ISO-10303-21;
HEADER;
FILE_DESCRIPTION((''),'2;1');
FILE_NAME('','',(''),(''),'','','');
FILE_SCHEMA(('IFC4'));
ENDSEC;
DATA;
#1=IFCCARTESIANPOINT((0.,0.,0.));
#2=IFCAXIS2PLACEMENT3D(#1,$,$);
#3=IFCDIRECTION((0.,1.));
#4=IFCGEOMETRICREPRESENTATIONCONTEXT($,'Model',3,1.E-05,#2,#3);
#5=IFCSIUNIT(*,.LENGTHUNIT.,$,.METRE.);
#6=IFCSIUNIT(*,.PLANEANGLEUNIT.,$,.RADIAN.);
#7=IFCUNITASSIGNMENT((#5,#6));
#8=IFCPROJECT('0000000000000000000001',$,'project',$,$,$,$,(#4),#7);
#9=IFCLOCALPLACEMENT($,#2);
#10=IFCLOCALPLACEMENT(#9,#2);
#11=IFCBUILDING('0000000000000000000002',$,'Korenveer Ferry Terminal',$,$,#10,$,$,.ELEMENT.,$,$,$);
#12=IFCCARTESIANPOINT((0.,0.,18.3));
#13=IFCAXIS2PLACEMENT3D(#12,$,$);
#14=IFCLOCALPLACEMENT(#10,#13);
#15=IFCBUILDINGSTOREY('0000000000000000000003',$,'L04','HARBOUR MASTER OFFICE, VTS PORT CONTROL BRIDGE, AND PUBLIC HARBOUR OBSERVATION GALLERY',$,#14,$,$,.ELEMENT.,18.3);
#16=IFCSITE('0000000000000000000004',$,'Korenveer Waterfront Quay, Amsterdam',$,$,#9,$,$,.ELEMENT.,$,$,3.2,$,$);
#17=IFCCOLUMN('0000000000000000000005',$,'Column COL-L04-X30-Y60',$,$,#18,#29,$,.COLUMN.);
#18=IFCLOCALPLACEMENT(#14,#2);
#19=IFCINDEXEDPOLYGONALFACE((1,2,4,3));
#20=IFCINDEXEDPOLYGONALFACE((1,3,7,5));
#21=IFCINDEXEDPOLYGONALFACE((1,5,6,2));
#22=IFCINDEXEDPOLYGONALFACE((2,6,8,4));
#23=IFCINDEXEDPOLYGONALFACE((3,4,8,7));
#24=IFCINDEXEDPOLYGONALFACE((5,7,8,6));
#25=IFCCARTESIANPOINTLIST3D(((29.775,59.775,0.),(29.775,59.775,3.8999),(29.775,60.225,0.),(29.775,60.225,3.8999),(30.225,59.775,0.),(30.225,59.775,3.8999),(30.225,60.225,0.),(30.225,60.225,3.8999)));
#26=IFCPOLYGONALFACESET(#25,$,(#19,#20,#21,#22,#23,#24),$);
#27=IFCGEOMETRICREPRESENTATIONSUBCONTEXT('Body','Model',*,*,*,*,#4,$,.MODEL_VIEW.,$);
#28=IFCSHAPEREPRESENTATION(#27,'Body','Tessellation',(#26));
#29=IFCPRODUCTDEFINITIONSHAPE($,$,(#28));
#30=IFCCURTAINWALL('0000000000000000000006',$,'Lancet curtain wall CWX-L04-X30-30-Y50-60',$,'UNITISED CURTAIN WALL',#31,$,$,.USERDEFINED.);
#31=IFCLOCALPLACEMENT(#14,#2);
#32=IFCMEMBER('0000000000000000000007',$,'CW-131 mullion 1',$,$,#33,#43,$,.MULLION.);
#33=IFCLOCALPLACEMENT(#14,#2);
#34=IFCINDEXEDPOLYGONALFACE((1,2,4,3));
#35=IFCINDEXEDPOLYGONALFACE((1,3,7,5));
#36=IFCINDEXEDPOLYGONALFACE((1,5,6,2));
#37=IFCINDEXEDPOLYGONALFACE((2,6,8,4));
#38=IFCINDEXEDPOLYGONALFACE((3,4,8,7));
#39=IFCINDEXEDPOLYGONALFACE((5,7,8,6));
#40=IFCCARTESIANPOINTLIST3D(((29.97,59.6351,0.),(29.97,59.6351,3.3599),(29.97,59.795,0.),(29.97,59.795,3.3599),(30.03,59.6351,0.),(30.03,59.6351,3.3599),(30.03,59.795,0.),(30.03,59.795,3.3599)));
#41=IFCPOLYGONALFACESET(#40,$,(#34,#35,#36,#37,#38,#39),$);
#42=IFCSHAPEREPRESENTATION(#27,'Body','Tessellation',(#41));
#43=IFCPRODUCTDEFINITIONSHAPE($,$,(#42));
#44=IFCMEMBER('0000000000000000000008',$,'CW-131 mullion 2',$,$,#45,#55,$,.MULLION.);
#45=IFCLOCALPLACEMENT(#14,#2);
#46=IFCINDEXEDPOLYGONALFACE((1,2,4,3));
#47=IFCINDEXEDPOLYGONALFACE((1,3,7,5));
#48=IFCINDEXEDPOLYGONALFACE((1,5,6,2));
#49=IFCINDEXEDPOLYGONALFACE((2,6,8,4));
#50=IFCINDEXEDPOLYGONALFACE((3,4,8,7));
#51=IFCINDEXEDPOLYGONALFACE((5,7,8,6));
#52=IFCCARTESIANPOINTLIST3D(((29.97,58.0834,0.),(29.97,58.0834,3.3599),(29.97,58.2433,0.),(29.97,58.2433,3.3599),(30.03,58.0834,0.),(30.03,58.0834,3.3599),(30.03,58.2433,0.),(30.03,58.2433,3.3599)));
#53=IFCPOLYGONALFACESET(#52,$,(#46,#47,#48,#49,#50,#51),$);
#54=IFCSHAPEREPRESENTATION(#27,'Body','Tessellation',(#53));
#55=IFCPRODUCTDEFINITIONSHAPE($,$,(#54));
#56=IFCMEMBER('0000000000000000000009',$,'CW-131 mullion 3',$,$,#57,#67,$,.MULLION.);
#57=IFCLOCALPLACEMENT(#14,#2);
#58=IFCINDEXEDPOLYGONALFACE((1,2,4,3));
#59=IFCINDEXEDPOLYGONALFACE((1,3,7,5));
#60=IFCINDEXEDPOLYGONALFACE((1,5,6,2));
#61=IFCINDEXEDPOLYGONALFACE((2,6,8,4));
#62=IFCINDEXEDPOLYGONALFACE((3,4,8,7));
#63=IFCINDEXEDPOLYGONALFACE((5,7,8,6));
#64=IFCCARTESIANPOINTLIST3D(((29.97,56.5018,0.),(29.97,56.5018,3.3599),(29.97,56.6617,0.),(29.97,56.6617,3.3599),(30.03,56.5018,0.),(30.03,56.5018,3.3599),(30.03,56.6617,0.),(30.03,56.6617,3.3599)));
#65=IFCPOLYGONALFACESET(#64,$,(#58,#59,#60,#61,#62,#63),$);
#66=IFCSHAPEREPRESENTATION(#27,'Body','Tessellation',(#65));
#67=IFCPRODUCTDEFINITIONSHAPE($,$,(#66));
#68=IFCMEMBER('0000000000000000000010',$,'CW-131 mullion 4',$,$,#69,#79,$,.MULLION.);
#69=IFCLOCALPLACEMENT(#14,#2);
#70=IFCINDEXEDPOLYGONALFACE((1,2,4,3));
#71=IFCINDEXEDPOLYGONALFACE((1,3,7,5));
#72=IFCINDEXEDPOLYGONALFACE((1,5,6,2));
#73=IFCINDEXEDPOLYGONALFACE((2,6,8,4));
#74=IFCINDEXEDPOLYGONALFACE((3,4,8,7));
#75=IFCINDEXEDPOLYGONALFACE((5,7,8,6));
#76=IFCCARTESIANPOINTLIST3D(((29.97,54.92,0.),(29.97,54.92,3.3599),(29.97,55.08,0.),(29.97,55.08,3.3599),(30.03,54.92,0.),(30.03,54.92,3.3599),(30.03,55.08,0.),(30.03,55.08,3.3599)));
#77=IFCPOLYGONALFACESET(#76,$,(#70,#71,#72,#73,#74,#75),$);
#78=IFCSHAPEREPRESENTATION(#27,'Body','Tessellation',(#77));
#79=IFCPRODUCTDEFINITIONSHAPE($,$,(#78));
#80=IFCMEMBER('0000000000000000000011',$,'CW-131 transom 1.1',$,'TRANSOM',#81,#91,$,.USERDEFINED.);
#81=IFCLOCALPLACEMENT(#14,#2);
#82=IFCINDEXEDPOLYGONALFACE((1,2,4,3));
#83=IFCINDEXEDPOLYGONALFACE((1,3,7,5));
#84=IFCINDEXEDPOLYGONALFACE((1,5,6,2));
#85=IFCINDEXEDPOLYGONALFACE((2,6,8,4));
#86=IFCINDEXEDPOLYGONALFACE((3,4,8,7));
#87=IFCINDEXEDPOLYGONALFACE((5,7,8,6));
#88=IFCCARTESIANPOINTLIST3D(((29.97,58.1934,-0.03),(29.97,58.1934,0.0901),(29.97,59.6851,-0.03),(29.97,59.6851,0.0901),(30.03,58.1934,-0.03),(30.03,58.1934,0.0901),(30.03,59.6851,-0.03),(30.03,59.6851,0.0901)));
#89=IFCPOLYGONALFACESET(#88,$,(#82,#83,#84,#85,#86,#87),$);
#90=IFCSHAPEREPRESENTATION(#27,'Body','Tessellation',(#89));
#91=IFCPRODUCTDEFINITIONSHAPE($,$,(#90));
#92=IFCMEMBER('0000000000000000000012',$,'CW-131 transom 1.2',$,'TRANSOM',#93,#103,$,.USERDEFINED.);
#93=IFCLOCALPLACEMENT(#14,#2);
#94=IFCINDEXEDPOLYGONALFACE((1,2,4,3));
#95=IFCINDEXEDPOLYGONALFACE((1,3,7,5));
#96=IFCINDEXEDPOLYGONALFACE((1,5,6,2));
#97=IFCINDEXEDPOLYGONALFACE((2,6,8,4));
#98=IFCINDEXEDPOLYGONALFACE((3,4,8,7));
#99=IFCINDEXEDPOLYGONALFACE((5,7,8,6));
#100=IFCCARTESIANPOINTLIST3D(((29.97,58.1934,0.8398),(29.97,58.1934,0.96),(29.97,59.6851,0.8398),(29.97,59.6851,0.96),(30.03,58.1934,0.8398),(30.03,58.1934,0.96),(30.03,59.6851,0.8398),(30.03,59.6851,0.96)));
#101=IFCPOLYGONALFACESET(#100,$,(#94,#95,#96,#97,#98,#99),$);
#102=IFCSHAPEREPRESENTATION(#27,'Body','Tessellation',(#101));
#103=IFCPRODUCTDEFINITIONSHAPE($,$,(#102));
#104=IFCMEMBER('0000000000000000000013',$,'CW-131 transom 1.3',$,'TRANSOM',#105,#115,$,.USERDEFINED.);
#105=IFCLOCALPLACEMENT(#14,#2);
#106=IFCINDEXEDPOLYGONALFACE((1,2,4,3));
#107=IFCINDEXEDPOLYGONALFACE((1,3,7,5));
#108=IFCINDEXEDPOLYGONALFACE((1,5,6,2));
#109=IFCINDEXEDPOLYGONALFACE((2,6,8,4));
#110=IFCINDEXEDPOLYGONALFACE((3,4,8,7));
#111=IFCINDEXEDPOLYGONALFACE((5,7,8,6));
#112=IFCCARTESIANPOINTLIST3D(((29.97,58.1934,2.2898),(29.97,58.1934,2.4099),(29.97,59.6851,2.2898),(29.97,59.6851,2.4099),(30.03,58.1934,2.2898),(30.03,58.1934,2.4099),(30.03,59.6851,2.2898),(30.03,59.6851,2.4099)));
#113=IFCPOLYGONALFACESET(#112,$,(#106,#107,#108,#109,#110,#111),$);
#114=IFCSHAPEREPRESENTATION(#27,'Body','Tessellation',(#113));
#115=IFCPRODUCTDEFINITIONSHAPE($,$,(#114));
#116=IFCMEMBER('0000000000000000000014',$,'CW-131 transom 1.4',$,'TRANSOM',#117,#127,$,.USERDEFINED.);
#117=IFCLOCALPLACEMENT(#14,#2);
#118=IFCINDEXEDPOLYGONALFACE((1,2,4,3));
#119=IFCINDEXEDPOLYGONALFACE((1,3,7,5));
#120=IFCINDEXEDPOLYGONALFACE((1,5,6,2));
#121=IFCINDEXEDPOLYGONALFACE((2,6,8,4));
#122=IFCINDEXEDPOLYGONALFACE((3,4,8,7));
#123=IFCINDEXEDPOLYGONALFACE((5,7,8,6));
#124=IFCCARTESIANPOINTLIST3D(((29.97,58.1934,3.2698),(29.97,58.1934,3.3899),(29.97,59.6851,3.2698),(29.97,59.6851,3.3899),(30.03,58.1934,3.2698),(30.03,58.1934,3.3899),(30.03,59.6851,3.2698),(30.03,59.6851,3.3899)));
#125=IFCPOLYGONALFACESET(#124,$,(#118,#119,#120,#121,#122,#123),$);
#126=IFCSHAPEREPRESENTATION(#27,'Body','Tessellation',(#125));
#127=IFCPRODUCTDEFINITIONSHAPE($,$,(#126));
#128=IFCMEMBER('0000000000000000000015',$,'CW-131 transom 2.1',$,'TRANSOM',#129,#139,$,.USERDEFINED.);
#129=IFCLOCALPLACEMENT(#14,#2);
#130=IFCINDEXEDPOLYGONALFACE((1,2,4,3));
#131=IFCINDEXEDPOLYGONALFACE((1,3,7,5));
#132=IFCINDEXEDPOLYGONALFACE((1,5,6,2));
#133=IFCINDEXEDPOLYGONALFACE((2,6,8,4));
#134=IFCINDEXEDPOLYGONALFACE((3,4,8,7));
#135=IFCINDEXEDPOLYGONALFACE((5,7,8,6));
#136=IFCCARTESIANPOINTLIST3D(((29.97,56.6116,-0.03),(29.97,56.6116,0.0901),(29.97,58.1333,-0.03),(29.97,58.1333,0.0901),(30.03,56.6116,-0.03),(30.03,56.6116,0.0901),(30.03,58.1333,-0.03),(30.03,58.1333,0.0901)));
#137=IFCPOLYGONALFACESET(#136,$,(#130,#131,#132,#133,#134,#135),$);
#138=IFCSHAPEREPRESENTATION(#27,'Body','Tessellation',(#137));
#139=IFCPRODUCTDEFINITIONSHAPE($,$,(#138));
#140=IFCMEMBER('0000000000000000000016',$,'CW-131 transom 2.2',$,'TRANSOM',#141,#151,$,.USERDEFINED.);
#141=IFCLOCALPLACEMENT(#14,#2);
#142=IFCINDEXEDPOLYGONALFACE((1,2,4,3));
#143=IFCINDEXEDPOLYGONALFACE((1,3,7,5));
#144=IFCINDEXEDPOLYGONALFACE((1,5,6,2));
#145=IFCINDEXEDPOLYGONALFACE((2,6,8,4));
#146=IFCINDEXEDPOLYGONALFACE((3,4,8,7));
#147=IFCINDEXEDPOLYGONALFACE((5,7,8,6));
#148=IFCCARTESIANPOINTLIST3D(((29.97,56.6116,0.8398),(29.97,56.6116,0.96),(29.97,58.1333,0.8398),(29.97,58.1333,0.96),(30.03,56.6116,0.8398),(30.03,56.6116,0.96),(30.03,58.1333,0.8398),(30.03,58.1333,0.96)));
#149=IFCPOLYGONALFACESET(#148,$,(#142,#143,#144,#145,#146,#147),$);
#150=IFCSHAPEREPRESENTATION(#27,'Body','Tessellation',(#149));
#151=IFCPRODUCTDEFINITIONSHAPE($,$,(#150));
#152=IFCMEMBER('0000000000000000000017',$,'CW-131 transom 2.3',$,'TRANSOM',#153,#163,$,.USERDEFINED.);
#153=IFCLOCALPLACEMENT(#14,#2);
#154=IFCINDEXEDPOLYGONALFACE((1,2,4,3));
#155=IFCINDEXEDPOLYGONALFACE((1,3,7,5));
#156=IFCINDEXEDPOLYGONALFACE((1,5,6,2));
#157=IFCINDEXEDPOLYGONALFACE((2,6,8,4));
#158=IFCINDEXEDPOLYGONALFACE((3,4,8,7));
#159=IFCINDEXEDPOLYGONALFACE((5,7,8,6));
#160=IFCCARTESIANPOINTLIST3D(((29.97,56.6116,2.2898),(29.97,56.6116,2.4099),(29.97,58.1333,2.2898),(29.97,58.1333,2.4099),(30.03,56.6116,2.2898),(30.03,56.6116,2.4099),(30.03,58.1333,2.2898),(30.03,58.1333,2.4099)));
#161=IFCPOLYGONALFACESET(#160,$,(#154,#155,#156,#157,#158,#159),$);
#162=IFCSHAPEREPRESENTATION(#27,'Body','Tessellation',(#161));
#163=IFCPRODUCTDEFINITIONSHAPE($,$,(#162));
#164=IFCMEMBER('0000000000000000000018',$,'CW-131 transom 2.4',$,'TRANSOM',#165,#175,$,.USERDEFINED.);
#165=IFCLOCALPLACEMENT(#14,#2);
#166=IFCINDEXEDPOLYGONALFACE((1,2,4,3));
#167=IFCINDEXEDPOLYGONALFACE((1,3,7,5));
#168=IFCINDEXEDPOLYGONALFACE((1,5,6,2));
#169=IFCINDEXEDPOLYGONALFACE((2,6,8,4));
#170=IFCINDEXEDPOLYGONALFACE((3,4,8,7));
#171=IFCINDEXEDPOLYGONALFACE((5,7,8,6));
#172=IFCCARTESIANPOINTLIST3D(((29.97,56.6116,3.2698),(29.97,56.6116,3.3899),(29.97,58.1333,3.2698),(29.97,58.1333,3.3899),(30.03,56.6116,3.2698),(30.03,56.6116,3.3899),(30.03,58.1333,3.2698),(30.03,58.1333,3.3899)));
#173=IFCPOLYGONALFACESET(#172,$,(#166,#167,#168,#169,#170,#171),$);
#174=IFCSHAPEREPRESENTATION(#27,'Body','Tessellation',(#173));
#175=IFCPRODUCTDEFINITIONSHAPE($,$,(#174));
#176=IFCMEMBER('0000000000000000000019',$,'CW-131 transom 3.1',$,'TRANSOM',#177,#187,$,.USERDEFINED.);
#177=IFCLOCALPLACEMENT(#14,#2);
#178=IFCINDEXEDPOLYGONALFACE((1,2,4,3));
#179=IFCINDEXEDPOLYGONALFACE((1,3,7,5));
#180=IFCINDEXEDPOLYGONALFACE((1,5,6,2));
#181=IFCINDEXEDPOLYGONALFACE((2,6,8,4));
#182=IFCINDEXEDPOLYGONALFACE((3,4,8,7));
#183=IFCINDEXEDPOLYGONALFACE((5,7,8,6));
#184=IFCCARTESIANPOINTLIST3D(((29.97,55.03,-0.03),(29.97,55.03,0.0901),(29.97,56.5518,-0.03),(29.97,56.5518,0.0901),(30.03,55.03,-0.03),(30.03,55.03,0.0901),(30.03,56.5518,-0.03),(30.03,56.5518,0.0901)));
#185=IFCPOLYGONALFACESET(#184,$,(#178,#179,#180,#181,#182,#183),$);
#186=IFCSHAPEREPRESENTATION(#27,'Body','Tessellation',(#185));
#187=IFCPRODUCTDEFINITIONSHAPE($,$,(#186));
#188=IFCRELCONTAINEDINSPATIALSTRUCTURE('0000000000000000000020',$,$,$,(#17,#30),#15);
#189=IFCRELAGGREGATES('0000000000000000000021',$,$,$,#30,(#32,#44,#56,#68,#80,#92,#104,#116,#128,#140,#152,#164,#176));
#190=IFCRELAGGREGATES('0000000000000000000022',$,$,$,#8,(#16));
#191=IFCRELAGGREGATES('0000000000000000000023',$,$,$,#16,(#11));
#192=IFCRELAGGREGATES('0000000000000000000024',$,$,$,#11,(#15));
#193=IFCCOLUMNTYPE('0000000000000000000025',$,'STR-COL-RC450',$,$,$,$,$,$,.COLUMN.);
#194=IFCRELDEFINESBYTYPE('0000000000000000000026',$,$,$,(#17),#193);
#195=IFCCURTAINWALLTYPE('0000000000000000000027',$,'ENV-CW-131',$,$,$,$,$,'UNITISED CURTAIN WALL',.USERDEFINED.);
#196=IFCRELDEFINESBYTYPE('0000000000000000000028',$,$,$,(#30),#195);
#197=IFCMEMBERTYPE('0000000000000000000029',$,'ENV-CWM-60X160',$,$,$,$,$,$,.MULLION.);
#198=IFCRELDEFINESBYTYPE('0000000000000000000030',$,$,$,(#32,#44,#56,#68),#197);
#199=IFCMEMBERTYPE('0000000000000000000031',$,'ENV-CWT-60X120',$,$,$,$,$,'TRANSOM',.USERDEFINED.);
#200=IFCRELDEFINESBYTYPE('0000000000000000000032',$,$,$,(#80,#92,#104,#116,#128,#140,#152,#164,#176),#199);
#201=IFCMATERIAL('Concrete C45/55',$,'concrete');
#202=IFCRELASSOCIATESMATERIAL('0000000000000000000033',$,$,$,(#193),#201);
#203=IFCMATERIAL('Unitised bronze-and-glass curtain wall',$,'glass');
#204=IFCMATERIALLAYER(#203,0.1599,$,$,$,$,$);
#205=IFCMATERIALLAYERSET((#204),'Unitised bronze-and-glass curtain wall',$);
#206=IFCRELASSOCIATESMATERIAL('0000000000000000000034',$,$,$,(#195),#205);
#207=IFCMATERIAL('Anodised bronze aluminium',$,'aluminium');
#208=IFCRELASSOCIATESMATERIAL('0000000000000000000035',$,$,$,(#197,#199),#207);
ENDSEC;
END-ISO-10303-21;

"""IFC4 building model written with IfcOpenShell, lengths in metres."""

from ifc_helpers import new_model, si_unit, direction, frame, origin, origin_2d, place, context, subcontext, project, spatial, rectangle, extrude, material, layer, layer_set, material_profile, profile_set, type_object, element, aggregate, save


model = new_model("IFC4")

# Units and contexts
model_context = context("Model", 3, precision=1e-05, world=origin(), true_north=direction((0.0, 1.0)))
body_context = subcontext(model_context, "Body", "Model", "MODEL_VIEW")
ifc_project = project(units=[si_unit("LENGTHUNIT", "METRE"), si_unit("PLANEANGLEUNIT", "RADIAN")], contexts=[model_context])

# Site, building, storey
site_placement = place(None, origin())
site = spatial("IfcSite", under=ifc_project, at=site_placement, Name="Korenveer Waterfront Quay, Amsterdam", CompositionType="ELEMENT", RefElevation=3.2)
building_placement = place(site_placement, origin())
building = spatial("IfcBuilding", under=site, at=building_placement, Name="Korenveer Ferry Terminal", CompositionType="ELEMENT")
storey_placement = place(building_placement, frame((0.0, 0.0, 18.3)))
storey = spatial("IfcBuildingStorey", under=building, at=storey_placement, Name="L04", Description="HARBOUR MASTER OFFICE, VTS PORT CONTROL BRIDGE, AND PUBLIC HARBOUR OBSERVATION GALLERY", CompositionType="ELEMENT", Elevation=18.3)

# Column
ifc_material_1 = material(Name="Concrete C45/55", Category="concrete")
ifc_material_profile_1 = material_profile(ifc_material_1, rectangle(XDim=0.45, YDim=0.45, at=origin_2d()), Name="RC 450x450")
ifc_profile_set_1 = profile_set([ifc_material_profile_1], Name="Concrete C45/55")
column_type = type_object("IfcColumnType", Name="STR-COL-RC450", PredefinedType="COLUMN", material=ifc_profile_set_1)
column_placement = place(storey_placement, frame((30.0, 60.0, 0.0), z_axis=(0.0, 0.0, 1.0), x_axis=(1.0, 0.0, 0.0)))
element("IfcColumn", 1, at=column_placement, inside=storey, type_object=column_type, Name="Column COL-L04-X30-Y60", PredefinedType="COLUMN", context=body_context, shape_type="SweptSolid", body=[
    extrude(rectangle(XDim=0.45, YDim=0.45, at=origin_2d()), origin(), (0.0, 0.0, 1.0), 3.8999),
])

# Curtain wall, members
ifc_material_2 = material(Name="Unitised bronze-and-glass curtain wall", Category="glass")
ifc_layer_1 = layer(ifc_material_2, 0.1599)
ifc_layer_set_1 = layer_set([ifc_layer_1], Name="Unitised bronze-and-glass curtain wall")
curtain_wall_type = type_object("IfcCurtainWallType", Name="ENV-CW-131", ElementType="UNITISED CURTAIN WALL", PredefinedType="USERDEFINED", material=ifc_layer_set_1)
curtain_wall_placement = place(storey_placement, frame((30.0, 59.7451, 0.0)))
curtain_wall = element("IfcCurtainWall", 2, at=curtain_wall_placement, inside=storey, type_object=curtain_wall_type, Name="Lancet curtain wall CWX-L04-X30-30-Y50-60", ObjectType="UNITISED CURTAIN WALL", PredefinedType="USERDEFINED")
ifc_material_3 = material(Name="Anodised bronze aluminium", Category="aluminium")
ifc_material_profile_2 = material_profile(ifc_material_3, rectangle(XDim=0.0601, YDim=0.1599, at=origin_2d()), Name="ALU 60x160")
ifc_profile_set_2 = profile_set([ifc_material_profile_2], Name="Anodised bronze aluminium")
member_type_1 = type_object("IfcMemberType", Name="ENV-CWM-60X160", PredefinedType="MULLION", material=ifc_profile_set_2)
member_1_placement = place(storey_placement, frame((30.0, 59.7151, 0.0), z_axis=(0.0, 0.0, 1.0), x_axis=(1.0, 0.0, 0.0)))
member_1 = element("IfcMember", 3, at=member_1_placement, type_object=member_type_1, Name="CW-131 mullion 1", PredefinedType="MULLION", context=body_context, shape_type="SweptSolid", body=[
    extrude(rectangle(XDim=0.0601, YDim=0.1599, at=origin_2d()), origin(), (0.0, 0.0, 1.0), 3.3599),
])
member_2_placement = place(storey_placement, frame((30.0, 58.1633, 0.0), z_axis=(0.0, 0.0, 1.0), x_axis=(1.0, 0.0, 0.0)))
member_2 = element("IfcMember", 4, at=member_2_placement, type_object=member_type_1, Name="CW-131 mullion 2", PredefinedType="MULLION", context=body_context, shape_type="SweptSolid", body=[
    extrude(rectangle(XDim=0.0601, YDim=0.1599, at=origin_2d()), origin(), (0.0, 0.0, 1.0), 3.3599),
])
member_3_placement = place(storey_placement, frame((30.0, 56.5818, 0.0), z_axis=(0.0, 0.0, 1.0), x_axis=(1.0, 0.0, 0.0)))
member_3 = element("IfcMember", 5, at=member_3_placement, type_object=member_type_1, Name="CW-131 mullion 3", PredefinedType="MULLION", context=body_context, shape_type="SweptSolid", body=[
    extrude(rectangle(XDim=0.0601, YDim=0.1599, at=origin_2d()), origin(), (0.0, 0.0, 1.0), 3.3599),
])
member_4_placement = place(storey_placement, frame((30.0, 55.0, 0.0), z_axis=(0.0, 0.0, 1.0), x_axis=(1.0, 0.0, 0.0)))
member_4 = element("IfcMember", 6, at=member_4_placement, type_object=member_type_1, Name="CW-131 mullion 4", PredefinedType="MULLION", context=body_context, shape_type="SweptSolid", body=[
    extrude(rectangle(XDim=0.0601, YDim=0.1599, at=origin_2d()), origin(), (0.0, 0.0, 1.0), 3.3599),
])
ifc_material_profile_3 = material_profile(ifc_material_3, rectangle(XDim=0.0601, YDim=0.1201, at=origin_2d()), Name="ALU 60x120")
ifc_profile_set_3 = profile_set([ifc_material_profile_3], Name="Anodised bronze aluminium")
member_type_2 = type_object("IfcMemberType", Name="ENV-CWT-60X120", ElementType="TRANSOM", PredefinedType="USERDEFINED", material=ifc_profile_set_3)
member_5_placement = place(storey_placement, frame((30.0, 59.6851, 0.03), z_axis=(0.0, -1.0, 0.0), x_axis=(1.0, 0.0, 0.0)))
member_5 = element("IfcMember", 7, at=member_5_placement, type_object=member_type_2, Name="CW-131 transom 1.1", ObjectType="TRANSOM", PredefinedType="USERDEFINED", context=body_context, shape_type="SweptSolid", body=[
    extrude(rectangle(XDim=0.0601, YDim=0.1201, at=origin_2d()), origin(), (0.0, 0.0, 1.0), 1.4917),
])
member_6_placement = place(storey_placement, frame((30.0, 59.6851, 0.8999), z_axis=(0.0, -1.0, 0.0), x_axis=(1.0, 0.0, 0.0)))
member_6 = element("IfcMember", 8, at=member_6_placement, type_object=member_type_2, Name="CW-131 transom 1.2", ObjectType="TRANSOM", PredefinedType="USERDEFINED", context=body_context, shape_type="SweptSolid", body=[
    extrude(rectangle(XDim=0.0601, YDim=0.1201, at=origin_2d()), origin(), (0.0, 0.0, 1.0), 1.4917),
])
member_7_placement = place(storey_placement, frame((30.0, 59.6851, 2.3499), z_axis=(0.0, -1.0, 0.0), x_axis=(1.0, 0.0, 0.0)))
member_7 = element("IfcMember", 9, at=member_7_placement, type_object=member_type_2, Name="CW-131 transom 1.3", ObjectType="TRANSOM", PredefinedType="USERDEFINED", context=body_context, shape_type="SweptSolid", body=[
    extrude(rectangle(XDim=0.0601, YDim=0.1201, at=origin_2d()), origin(), (0.0, 0.0, 1.0), 1.4917),
])
member_8_placement = place(storey_placement, frame((30.0, 59.6851, 3.3298), z_axis=(0.0, -1.0, 0.0), x_axis=(1.0, 0.0, 0.0)))
member_8 = element("IfcMember", 10, at=member_8_placement, type_object=member_type_2, Name="CW-131 transom 1.4", ObjectType="TRANSOM", PredefinedType="USERDEFINED", context=body_context, shape_type="SweptSolid", body=[
    extrude(rectangle(XDim=0.0601, YDim=0.1201, at=origin_2d()), origin(), (0.0, 0.0, 1.0), 1.4917),
])
member_9_placement = place(storey_placement, frame((30.0, 58.1333, 0.03), z_axis=(0.0, -1.0, 0.0), x_axis=(1.0, 0.0, 0.0)))
member_9 = element("IfcMember", 11, at=member_9_placement, type_object=member_type_2, Name="CW-131 transom 2.1", ObjectType="TRANSOM", PredefinedType="USERDEFINED", context=body_context, shape_type="SweptSolid", body=[
    extrude(rectangle(XDim=0.0601, YDim=0.1201, at=origin_2d()), origin(), (0.0, 0.0, 1.0), 1.5217),
])
member_10_placement = place(storey_placement, frame((30.0, 58.1333, 0.8999), z_axis=(0.0, -1.0, 0.0), x_axis=(1.0, 0.0, 0.0)))
member_10 = element("IfcMember", 12, at=member_10_placement, type_object=member_type_2, Name="CW-131 transom 2.2", ObjectType="TRANSOM", PredefinedType="USERDEFINED", context=body_context, shape_type="SweptSolid", body=[
    extrude(rectangle(XDim=0.0601, YDim=0.1201, at=origin_2d()), origin(), (0.0, 0.0, 1.0), 1.5217),
])
member_11_placement = place(storey_placement, frame((30.0, 58.1333, 2.3499), z_axis=(0.0, -1.0, 0.0), x_axis=(1.0, 0.0, 0.0)))
member_11 = element("IfcMember", 13, at=member_11_placement, type_object=member_type_2, Name="CW-131 transom 2.3", ObjectType="TRANSOM", PredefinedType="USERDEFINED", context=body_context, shape_type="SweptSolid", body=[
    extrude(rectangle(XDim=0.0601, YDim=0.1201, at=origin_2d()), origin(), (0.0, 0.0, 1.0), 1.5217),
])
member_12_placement = place(storey_placement, frame((30.0, 58.1333, 3.3298), z_axis=(0.0, -1.0, 0.0), x_axis=(1.0, 0.0, 0.0)))
member_12 = element("IfcMember", 14, at=member_12_placement, type_object=member_type_2, Name="CW-131 transom 2.4", ObjectType="TRANSOM", PredefinedType="USERDEFINED", context=body_context, shape_type="SweptSolid", body=[
    extrude(rectangle(XDim=0.0601, YDim=0.1201, at=origin_2d()), origin(), (0.0, 0.0, 1.0), 1.5217),
])
member_13_placement = place(storey_placement, frame((30.0, 56.5518, 0.03), z_axis=(0.0, -1.0, 0.0), x_axis=(1.0, 0.0, 0.0)))
member_13 = element("IfcMember", 15, at=member_13_placement, type_object=member_type_2, Name="CW-131 transom 3.1", ObjectType="TRANSOM", PredefinedType="USERDEFINED", context=body_context, shape_type="SweptSolid", body=[
    extrude(rectangle(XDim=0.0601, YDim=0.1201, at=origin_2d()), origin(), (0.0, 0.0, 1.0), 1.5217),
])
aggregate(curtain_wall, [member_1, member_2, member_3, member_4, member_5, member_6, member_7, member_8, member_9, member_10, member_11, member_12, member_13])

save(model, "model.ifc")
